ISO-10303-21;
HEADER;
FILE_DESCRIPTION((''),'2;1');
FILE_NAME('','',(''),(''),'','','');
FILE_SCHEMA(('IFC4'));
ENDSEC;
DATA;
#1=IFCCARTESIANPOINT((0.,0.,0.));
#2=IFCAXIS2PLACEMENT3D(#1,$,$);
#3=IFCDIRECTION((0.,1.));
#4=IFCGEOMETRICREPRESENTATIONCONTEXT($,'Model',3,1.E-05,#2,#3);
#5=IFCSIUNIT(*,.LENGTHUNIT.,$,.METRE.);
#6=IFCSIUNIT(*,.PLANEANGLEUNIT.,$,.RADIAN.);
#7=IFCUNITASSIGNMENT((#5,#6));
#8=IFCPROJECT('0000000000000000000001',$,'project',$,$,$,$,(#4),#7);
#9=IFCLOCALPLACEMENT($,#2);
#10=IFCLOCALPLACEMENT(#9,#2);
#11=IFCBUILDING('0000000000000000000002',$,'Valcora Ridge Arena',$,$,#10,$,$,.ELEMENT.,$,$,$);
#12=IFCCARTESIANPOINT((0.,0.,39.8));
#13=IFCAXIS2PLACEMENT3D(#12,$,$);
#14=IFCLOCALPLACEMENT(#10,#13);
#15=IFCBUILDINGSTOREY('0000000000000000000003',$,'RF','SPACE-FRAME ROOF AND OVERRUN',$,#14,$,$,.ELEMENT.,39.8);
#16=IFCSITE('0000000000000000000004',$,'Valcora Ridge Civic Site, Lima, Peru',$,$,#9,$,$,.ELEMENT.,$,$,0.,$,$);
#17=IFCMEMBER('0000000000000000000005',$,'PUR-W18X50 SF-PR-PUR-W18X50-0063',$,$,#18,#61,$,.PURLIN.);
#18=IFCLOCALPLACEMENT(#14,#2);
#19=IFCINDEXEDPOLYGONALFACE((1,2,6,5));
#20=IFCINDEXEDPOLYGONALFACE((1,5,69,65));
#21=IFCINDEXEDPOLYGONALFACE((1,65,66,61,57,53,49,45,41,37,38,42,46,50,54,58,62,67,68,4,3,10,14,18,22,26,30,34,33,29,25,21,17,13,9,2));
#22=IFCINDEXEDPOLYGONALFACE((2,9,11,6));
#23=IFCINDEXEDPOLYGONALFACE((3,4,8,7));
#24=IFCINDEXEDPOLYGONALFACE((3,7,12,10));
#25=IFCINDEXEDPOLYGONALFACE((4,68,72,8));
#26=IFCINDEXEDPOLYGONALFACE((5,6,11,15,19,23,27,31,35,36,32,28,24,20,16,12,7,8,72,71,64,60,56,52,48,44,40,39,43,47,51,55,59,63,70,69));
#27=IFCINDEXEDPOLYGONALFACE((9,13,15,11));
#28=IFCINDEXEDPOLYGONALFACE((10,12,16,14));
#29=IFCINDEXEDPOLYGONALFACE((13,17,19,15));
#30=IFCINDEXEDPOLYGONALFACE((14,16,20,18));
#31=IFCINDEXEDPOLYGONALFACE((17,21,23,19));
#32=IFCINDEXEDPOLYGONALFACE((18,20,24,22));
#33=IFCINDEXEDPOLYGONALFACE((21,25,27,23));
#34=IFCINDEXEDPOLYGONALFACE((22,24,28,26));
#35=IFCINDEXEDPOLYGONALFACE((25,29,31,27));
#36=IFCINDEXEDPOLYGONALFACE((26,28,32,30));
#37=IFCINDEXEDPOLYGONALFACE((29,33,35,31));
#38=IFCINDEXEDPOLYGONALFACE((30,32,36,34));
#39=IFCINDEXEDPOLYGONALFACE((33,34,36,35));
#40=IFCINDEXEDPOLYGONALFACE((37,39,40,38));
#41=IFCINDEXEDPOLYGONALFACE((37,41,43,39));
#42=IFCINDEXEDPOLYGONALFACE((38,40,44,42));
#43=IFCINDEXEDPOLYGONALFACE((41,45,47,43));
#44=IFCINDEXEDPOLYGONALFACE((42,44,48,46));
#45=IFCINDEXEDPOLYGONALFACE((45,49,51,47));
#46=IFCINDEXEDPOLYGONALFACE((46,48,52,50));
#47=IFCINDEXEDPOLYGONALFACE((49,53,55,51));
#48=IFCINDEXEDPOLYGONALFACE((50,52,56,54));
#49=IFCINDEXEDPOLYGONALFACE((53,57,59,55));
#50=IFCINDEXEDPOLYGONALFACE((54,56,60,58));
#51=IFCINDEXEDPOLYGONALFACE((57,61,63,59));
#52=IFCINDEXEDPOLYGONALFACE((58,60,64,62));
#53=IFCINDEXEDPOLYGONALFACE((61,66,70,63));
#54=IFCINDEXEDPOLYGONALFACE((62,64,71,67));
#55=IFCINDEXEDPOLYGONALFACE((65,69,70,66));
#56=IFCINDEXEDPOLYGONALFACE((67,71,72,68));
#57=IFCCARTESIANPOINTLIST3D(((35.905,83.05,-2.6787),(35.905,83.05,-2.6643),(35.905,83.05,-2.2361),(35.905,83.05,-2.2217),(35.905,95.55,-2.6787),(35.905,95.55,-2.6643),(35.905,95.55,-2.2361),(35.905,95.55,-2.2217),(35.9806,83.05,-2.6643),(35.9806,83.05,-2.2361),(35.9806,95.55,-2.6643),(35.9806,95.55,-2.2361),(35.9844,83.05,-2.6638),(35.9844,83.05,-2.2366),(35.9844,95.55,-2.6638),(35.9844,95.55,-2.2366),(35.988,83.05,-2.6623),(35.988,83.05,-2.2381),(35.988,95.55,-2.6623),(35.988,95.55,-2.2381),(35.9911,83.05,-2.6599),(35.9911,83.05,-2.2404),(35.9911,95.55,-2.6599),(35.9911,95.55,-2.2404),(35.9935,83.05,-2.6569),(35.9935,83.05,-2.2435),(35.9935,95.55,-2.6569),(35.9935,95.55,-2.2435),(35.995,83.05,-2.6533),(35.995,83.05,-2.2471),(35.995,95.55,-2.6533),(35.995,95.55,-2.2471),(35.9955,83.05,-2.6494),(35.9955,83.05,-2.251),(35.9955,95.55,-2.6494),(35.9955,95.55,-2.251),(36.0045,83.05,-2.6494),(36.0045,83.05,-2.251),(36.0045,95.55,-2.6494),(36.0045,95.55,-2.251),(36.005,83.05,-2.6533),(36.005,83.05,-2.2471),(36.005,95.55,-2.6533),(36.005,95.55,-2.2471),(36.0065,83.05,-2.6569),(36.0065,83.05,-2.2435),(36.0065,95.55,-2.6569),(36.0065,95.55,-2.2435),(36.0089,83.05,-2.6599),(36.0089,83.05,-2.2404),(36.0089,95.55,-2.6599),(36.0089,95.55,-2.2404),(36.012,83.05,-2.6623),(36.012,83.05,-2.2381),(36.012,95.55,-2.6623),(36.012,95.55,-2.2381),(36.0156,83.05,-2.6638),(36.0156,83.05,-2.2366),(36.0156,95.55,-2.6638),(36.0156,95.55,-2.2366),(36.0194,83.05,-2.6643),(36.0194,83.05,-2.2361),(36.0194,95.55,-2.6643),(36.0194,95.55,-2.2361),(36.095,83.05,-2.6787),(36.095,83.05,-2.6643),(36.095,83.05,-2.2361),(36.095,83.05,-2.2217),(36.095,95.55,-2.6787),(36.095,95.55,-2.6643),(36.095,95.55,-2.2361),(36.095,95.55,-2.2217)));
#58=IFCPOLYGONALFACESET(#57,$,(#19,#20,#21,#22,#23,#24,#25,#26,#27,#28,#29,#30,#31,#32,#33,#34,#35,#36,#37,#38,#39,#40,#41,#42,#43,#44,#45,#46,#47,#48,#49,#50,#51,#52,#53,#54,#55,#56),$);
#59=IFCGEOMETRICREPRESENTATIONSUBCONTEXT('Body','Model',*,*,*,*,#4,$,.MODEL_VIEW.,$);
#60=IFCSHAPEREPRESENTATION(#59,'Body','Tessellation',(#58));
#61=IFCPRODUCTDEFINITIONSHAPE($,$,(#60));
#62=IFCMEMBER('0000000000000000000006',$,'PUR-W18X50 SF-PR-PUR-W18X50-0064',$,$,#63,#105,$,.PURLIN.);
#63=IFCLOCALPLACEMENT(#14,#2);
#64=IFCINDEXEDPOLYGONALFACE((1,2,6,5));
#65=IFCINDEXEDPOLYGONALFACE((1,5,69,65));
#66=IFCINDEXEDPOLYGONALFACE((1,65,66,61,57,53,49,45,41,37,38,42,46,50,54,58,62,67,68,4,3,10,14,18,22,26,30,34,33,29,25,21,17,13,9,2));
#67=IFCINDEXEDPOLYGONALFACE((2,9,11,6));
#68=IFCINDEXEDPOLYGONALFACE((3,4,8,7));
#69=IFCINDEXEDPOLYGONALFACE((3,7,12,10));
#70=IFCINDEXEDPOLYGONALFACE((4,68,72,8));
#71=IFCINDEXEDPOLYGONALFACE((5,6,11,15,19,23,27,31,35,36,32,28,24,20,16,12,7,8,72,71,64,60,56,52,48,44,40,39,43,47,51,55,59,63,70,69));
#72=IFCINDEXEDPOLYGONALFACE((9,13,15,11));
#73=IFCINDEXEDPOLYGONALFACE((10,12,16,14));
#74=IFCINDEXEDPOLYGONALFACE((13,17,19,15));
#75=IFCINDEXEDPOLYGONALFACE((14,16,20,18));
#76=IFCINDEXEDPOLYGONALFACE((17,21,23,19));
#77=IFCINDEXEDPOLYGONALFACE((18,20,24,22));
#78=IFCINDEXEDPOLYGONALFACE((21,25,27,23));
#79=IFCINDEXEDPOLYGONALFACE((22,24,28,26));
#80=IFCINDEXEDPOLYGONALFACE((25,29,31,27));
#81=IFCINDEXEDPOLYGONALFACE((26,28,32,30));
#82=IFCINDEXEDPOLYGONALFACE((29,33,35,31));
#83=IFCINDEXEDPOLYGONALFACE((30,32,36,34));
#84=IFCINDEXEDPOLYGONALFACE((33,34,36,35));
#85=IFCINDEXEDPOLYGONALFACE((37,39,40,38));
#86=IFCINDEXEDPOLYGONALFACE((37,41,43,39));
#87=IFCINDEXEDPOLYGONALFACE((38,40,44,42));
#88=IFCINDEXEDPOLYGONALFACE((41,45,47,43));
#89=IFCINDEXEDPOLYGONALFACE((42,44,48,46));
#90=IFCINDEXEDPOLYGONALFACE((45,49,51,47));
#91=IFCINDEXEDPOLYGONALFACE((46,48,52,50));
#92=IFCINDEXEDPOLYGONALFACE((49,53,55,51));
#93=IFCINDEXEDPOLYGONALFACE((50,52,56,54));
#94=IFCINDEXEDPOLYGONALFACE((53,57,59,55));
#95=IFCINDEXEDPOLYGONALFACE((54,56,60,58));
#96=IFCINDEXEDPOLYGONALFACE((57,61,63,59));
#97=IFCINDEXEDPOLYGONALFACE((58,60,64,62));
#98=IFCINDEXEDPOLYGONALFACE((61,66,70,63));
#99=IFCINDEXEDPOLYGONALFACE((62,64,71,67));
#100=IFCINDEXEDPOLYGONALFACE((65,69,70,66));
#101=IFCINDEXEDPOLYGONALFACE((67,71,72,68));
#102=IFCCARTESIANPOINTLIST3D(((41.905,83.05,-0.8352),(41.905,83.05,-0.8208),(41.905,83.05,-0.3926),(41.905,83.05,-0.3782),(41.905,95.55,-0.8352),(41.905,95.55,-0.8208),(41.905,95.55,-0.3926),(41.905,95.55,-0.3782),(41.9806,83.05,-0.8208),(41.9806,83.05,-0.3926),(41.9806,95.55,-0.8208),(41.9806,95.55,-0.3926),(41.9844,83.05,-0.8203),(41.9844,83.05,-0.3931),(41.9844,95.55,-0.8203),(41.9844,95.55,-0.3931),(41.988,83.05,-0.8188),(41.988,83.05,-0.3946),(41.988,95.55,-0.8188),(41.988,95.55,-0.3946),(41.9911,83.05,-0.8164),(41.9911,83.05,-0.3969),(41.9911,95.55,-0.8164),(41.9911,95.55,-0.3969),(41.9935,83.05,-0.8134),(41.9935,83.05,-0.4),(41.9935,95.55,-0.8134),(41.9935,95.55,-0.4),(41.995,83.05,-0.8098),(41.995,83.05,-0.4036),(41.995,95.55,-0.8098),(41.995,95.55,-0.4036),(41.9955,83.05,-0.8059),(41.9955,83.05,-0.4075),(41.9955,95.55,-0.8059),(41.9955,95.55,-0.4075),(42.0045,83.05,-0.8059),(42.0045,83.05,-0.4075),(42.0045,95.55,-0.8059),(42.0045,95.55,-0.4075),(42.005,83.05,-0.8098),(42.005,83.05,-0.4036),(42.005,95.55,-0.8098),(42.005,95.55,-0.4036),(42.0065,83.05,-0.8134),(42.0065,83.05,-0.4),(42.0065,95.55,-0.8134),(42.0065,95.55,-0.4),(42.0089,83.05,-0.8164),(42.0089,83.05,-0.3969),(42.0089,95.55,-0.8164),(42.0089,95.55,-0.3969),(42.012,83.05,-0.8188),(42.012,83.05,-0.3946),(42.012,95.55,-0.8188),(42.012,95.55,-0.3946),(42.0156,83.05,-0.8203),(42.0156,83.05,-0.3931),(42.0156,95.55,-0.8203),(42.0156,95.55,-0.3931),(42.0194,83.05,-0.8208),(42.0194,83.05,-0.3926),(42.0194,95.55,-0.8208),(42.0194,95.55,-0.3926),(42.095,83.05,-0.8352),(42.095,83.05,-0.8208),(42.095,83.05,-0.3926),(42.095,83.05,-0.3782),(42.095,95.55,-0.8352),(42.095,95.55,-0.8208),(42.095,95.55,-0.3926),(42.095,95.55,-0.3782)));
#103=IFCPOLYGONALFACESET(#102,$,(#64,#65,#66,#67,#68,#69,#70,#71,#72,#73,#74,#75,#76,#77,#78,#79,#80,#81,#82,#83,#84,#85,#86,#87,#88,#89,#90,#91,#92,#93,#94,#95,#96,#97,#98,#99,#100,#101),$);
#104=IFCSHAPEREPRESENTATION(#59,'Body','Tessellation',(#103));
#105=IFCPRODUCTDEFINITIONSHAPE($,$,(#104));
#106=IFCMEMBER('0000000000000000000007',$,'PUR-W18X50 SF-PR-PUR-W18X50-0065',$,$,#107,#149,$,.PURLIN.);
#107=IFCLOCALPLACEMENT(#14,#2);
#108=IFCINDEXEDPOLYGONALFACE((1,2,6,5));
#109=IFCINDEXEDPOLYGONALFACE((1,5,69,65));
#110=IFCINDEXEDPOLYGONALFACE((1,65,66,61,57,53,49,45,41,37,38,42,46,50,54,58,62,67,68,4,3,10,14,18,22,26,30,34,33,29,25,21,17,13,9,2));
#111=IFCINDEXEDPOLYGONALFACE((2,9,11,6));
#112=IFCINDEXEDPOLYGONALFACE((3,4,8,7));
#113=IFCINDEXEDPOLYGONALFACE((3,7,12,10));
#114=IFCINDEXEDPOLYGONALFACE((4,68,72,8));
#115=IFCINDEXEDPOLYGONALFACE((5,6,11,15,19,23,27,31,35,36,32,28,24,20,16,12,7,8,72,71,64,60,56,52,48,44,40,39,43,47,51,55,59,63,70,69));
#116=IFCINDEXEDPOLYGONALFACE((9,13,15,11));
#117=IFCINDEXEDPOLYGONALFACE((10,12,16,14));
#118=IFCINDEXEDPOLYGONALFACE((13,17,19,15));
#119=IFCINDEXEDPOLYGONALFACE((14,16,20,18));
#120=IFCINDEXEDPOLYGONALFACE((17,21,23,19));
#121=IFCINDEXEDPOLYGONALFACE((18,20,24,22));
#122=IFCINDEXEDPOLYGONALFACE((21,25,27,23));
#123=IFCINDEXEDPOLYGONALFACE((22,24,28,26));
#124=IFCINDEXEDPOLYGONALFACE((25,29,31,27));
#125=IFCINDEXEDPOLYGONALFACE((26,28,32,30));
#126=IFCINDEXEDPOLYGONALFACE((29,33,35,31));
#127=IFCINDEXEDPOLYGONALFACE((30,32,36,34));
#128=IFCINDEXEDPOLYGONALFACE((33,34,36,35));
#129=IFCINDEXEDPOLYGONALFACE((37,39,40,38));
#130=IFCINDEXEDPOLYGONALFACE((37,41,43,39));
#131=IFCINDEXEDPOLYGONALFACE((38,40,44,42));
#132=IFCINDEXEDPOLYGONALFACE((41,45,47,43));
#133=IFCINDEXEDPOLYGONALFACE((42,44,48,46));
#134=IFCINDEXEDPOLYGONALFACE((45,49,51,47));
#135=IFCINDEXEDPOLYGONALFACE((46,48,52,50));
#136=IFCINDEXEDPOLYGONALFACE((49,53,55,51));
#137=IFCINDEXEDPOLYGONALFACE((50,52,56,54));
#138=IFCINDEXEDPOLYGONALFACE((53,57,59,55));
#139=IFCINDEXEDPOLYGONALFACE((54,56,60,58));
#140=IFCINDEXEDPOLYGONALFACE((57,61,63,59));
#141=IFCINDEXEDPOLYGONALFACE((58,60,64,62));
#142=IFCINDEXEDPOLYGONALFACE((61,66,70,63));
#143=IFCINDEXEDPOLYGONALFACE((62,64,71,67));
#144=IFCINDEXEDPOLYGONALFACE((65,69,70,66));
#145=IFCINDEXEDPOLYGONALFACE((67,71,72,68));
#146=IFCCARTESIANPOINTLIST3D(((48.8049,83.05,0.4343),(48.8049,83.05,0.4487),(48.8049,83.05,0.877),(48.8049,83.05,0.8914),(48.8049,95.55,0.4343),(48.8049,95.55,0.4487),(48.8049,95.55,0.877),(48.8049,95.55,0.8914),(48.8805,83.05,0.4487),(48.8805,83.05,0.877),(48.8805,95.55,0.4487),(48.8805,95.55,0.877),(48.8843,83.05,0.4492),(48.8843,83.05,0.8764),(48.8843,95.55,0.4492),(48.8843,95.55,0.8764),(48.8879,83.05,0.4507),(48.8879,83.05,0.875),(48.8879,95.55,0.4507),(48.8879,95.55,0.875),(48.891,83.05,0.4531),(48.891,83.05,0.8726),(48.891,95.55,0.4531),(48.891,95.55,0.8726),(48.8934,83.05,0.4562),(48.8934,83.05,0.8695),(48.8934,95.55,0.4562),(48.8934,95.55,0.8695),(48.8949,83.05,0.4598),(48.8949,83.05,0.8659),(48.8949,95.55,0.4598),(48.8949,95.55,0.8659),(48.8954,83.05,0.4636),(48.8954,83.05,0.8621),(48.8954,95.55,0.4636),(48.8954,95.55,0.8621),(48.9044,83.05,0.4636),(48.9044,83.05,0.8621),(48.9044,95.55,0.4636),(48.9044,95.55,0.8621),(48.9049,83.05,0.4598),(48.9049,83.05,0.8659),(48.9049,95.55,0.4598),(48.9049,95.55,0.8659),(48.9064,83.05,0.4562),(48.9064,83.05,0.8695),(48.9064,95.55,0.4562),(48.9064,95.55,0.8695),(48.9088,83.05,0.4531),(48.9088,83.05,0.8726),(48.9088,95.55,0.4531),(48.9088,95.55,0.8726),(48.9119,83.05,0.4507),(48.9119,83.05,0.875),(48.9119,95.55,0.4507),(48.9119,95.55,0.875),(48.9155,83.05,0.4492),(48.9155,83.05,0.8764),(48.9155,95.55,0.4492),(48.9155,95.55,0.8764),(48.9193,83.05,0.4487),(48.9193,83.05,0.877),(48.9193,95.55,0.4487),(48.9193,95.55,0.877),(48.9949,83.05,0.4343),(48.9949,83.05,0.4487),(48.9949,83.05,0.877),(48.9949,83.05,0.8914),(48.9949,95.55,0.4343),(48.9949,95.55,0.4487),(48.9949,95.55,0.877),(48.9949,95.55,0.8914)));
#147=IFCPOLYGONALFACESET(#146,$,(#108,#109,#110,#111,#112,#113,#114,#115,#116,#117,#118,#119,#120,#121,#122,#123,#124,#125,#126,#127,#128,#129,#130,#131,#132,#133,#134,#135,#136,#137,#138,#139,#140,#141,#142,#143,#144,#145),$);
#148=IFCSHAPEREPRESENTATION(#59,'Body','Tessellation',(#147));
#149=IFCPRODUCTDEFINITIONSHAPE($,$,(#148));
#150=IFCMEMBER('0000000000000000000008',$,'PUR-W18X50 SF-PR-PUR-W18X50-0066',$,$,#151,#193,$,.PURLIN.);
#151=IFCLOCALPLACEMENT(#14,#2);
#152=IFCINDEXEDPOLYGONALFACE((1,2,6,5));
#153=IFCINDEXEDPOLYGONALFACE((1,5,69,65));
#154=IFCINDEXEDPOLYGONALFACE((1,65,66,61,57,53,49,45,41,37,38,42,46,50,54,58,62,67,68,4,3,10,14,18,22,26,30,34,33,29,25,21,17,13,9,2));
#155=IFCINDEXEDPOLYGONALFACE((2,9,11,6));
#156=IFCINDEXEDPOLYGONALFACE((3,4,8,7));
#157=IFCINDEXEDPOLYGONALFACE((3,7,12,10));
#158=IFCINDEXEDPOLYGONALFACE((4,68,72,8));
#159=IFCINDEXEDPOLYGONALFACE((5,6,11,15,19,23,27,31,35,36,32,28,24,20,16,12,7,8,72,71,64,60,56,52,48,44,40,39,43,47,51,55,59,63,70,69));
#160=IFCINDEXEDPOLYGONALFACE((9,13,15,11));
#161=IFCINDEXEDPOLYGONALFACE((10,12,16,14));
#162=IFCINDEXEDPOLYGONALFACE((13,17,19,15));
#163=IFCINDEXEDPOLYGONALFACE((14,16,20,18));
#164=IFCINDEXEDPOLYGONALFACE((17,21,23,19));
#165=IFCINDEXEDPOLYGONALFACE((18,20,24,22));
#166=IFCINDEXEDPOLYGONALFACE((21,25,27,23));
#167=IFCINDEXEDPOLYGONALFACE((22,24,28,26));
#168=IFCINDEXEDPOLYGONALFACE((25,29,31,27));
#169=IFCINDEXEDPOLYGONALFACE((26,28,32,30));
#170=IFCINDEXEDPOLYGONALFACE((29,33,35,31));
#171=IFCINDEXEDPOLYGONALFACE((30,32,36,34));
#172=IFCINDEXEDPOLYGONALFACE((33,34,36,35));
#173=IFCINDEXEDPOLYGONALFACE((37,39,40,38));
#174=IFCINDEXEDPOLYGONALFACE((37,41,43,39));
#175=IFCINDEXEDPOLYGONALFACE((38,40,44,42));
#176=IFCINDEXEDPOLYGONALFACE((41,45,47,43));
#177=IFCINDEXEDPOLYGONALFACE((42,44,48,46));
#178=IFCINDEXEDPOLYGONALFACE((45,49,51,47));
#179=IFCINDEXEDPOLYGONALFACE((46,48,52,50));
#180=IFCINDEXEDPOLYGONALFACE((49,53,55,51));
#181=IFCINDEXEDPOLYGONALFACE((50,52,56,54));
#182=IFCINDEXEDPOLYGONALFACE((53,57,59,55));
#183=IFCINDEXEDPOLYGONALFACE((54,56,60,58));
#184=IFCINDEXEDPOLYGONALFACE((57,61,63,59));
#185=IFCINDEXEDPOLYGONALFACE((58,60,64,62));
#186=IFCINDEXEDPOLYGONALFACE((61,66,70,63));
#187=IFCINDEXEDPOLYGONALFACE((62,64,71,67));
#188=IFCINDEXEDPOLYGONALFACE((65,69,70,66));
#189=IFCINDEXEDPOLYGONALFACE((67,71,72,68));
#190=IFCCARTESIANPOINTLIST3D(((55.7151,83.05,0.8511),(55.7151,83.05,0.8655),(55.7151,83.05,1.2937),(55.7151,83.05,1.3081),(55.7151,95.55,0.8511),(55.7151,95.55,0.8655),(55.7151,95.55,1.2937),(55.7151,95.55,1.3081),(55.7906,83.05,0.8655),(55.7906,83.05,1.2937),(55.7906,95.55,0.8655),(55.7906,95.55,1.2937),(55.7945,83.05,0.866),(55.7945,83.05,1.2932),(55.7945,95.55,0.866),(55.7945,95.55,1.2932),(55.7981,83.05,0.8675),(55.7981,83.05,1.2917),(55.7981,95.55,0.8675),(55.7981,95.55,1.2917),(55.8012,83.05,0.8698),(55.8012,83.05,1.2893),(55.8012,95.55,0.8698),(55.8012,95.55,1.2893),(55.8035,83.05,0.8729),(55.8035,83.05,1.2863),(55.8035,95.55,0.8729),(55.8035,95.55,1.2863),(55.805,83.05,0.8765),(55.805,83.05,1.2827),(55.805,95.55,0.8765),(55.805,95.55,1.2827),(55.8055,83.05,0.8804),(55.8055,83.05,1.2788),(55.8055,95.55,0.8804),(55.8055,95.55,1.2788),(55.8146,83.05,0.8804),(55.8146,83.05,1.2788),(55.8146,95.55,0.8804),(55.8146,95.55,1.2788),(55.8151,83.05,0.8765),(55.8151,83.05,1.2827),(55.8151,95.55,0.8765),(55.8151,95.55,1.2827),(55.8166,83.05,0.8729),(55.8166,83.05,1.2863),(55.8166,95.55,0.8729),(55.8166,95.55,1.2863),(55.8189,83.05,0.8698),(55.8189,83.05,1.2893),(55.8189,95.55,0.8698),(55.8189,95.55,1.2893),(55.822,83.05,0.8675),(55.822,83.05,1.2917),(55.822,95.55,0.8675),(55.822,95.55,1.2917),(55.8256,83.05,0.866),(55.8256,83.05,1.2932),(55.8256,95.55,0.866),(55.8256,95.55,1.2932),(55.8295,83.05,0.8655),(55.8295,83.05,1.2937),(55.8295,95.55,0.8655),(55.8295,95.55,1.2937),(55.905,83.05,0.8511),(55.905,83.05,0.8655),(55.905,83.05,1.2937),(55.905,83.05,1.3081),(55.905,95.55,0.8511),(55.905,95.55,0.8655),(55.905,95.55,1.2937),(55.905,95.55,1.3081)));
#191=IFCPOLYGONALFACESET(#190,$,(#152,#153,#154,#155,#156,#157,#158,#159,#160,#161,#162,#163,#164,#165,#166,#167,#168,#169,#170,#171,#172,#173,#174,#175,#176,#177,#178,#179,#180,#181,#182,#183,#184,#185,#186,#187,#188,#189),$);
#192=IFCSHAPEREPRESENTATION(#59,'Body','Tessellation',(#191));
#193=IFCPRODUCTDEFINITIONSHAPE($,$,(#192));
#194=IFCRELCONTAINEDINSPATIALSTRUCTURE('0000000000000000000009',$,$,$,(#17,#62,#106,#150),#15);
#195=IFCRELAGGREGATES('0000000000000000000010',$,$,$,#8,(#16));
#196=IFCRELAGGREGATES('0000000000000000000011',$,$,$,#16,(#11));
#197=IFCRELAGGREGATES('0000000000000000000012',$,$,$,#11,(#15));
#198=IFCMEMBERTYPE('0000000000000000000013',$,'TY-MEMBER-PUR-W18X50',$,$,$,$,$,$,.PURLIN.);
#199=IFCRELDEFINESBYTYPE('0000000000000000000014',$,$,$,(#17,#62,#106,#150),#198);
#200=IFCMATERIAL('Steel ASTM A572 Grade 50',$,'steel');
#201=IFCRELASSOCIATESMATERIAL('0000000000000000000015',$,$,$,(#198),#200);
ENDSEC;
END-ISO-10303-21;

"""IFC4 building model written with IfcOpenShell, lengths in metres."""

from ifc_helpers import new_model, si_unit, direction, frame, origin, origin_2d, place, context, subcontext, project, spatial, i_section, extrude, material, material_profile, profile_set, type_object, element, save


model = new_model("IFC4")

# Units and contexts
model_context = context("Model", 3, precision=1e-05, world=origin(), true_north=direction((0.0, 1.0)))
body_context = subcontext(model_context, "Body", "Model", "MODEL_VIEW")
ifc_project = project(units=[si_unit("LENGTHUNIT", "METRE"), si_unit("PLANEANGLEUNIT", "RADIAN")], contexts=[model_context])

# Site, building, storey
site_placement = place(None, origin())
site = spatial("IfcSite", under=ifc_project, at=site_placement, Name="Valcora Ridge Civic Site, Lima, Peru", CompositionType="ELEMENT", RefElevation=0.0)
building_placement = place(site_placement, origin())
building = spatial("IfcBuilding", under=site, at=building_placement, Name="Valcora Ridge Arena", CompositionType="ELEMENT")
storey_placement = place(building_placement, frame((0.0, 0.0, 39.8)))
storey = spatial("IfcBuildingStorey", under=building, at=storey_placement, Name="RF", Description="SPACE-FRAME ROOF AND OVERRUN", CompositionType="ELEMENT", Elevation=39.8)

# Members
ifc_material_1 = material(Name="Steel ASTM A572 Grade 50", Category="steel")
ifc_material_profile_1 = material_profile(ifc_material_1, i_section(OverallWidth=0.1899, OverallDepth=0.457, WebThickness=0.009, FlangeThickness=0.0144, FilletRadius=0.0149, at=origin_2d()), Name="W18X50")
ifc_profile_set_1 = profile_set([ifc_material_profile_1], Name="Steel ASTM A572 Grade 50")
member_type_1 = type_object("IfcMemberType", Name="TY-MEMBER-PUR-W18X50", PredefinedType="PURLIN", material=ifc_profile_set_1)
for number, where, z_axis, x_axis, name in (
    (1, (36.0, 83.05, -2.4502), (0.0, 1.0, 0.0), (-1.0, 0.0, 0.0), "PUR-W18X50 SF-PR-PUR-W18X50-0063"),
    (2, (42.0, 83.05, -0.6067), (0.0, 1.0, 0.0), (-1.0, 0.0, 0.0), "PUR-W18X50 SF-PR-PUR-W18X50-0064"),
    (3, (48.8999, 83.05, 0.6628), (0.0, 1.0, 0.0), (-1.0, 0.0, 0.0), "PUR-W18X50 SF-PR-PUR-W18X50-0065"),
    (4, (55.8101, 83.05, 1.0796), (0.0, 1.0, 0.0), (-1.0, 0.0, 0.0), "PUR-W18X50 SF-PR-PUR-W18X50-0066"),
):
    element("IfcMember", number, at=place(storey_placement, frame(where, z_axis=z_axis, x_axis=x_axis)), inside=storey, type_object=member_type_1, Name=name, PredefinedType="PURLIN", context=body_context, shape_type="SweptSolid", body=[
        extrude(i_section(OverallWidth=0.1899, OverallDepth=0.457, WebThickness=0.009, FlangeThickness=0.0144, FilletRadius=0.0149, at=origin_2d()), origin(), (0.0, 0.0, 1.0), 12.5),
    ])

save(model, "model.ifc")
